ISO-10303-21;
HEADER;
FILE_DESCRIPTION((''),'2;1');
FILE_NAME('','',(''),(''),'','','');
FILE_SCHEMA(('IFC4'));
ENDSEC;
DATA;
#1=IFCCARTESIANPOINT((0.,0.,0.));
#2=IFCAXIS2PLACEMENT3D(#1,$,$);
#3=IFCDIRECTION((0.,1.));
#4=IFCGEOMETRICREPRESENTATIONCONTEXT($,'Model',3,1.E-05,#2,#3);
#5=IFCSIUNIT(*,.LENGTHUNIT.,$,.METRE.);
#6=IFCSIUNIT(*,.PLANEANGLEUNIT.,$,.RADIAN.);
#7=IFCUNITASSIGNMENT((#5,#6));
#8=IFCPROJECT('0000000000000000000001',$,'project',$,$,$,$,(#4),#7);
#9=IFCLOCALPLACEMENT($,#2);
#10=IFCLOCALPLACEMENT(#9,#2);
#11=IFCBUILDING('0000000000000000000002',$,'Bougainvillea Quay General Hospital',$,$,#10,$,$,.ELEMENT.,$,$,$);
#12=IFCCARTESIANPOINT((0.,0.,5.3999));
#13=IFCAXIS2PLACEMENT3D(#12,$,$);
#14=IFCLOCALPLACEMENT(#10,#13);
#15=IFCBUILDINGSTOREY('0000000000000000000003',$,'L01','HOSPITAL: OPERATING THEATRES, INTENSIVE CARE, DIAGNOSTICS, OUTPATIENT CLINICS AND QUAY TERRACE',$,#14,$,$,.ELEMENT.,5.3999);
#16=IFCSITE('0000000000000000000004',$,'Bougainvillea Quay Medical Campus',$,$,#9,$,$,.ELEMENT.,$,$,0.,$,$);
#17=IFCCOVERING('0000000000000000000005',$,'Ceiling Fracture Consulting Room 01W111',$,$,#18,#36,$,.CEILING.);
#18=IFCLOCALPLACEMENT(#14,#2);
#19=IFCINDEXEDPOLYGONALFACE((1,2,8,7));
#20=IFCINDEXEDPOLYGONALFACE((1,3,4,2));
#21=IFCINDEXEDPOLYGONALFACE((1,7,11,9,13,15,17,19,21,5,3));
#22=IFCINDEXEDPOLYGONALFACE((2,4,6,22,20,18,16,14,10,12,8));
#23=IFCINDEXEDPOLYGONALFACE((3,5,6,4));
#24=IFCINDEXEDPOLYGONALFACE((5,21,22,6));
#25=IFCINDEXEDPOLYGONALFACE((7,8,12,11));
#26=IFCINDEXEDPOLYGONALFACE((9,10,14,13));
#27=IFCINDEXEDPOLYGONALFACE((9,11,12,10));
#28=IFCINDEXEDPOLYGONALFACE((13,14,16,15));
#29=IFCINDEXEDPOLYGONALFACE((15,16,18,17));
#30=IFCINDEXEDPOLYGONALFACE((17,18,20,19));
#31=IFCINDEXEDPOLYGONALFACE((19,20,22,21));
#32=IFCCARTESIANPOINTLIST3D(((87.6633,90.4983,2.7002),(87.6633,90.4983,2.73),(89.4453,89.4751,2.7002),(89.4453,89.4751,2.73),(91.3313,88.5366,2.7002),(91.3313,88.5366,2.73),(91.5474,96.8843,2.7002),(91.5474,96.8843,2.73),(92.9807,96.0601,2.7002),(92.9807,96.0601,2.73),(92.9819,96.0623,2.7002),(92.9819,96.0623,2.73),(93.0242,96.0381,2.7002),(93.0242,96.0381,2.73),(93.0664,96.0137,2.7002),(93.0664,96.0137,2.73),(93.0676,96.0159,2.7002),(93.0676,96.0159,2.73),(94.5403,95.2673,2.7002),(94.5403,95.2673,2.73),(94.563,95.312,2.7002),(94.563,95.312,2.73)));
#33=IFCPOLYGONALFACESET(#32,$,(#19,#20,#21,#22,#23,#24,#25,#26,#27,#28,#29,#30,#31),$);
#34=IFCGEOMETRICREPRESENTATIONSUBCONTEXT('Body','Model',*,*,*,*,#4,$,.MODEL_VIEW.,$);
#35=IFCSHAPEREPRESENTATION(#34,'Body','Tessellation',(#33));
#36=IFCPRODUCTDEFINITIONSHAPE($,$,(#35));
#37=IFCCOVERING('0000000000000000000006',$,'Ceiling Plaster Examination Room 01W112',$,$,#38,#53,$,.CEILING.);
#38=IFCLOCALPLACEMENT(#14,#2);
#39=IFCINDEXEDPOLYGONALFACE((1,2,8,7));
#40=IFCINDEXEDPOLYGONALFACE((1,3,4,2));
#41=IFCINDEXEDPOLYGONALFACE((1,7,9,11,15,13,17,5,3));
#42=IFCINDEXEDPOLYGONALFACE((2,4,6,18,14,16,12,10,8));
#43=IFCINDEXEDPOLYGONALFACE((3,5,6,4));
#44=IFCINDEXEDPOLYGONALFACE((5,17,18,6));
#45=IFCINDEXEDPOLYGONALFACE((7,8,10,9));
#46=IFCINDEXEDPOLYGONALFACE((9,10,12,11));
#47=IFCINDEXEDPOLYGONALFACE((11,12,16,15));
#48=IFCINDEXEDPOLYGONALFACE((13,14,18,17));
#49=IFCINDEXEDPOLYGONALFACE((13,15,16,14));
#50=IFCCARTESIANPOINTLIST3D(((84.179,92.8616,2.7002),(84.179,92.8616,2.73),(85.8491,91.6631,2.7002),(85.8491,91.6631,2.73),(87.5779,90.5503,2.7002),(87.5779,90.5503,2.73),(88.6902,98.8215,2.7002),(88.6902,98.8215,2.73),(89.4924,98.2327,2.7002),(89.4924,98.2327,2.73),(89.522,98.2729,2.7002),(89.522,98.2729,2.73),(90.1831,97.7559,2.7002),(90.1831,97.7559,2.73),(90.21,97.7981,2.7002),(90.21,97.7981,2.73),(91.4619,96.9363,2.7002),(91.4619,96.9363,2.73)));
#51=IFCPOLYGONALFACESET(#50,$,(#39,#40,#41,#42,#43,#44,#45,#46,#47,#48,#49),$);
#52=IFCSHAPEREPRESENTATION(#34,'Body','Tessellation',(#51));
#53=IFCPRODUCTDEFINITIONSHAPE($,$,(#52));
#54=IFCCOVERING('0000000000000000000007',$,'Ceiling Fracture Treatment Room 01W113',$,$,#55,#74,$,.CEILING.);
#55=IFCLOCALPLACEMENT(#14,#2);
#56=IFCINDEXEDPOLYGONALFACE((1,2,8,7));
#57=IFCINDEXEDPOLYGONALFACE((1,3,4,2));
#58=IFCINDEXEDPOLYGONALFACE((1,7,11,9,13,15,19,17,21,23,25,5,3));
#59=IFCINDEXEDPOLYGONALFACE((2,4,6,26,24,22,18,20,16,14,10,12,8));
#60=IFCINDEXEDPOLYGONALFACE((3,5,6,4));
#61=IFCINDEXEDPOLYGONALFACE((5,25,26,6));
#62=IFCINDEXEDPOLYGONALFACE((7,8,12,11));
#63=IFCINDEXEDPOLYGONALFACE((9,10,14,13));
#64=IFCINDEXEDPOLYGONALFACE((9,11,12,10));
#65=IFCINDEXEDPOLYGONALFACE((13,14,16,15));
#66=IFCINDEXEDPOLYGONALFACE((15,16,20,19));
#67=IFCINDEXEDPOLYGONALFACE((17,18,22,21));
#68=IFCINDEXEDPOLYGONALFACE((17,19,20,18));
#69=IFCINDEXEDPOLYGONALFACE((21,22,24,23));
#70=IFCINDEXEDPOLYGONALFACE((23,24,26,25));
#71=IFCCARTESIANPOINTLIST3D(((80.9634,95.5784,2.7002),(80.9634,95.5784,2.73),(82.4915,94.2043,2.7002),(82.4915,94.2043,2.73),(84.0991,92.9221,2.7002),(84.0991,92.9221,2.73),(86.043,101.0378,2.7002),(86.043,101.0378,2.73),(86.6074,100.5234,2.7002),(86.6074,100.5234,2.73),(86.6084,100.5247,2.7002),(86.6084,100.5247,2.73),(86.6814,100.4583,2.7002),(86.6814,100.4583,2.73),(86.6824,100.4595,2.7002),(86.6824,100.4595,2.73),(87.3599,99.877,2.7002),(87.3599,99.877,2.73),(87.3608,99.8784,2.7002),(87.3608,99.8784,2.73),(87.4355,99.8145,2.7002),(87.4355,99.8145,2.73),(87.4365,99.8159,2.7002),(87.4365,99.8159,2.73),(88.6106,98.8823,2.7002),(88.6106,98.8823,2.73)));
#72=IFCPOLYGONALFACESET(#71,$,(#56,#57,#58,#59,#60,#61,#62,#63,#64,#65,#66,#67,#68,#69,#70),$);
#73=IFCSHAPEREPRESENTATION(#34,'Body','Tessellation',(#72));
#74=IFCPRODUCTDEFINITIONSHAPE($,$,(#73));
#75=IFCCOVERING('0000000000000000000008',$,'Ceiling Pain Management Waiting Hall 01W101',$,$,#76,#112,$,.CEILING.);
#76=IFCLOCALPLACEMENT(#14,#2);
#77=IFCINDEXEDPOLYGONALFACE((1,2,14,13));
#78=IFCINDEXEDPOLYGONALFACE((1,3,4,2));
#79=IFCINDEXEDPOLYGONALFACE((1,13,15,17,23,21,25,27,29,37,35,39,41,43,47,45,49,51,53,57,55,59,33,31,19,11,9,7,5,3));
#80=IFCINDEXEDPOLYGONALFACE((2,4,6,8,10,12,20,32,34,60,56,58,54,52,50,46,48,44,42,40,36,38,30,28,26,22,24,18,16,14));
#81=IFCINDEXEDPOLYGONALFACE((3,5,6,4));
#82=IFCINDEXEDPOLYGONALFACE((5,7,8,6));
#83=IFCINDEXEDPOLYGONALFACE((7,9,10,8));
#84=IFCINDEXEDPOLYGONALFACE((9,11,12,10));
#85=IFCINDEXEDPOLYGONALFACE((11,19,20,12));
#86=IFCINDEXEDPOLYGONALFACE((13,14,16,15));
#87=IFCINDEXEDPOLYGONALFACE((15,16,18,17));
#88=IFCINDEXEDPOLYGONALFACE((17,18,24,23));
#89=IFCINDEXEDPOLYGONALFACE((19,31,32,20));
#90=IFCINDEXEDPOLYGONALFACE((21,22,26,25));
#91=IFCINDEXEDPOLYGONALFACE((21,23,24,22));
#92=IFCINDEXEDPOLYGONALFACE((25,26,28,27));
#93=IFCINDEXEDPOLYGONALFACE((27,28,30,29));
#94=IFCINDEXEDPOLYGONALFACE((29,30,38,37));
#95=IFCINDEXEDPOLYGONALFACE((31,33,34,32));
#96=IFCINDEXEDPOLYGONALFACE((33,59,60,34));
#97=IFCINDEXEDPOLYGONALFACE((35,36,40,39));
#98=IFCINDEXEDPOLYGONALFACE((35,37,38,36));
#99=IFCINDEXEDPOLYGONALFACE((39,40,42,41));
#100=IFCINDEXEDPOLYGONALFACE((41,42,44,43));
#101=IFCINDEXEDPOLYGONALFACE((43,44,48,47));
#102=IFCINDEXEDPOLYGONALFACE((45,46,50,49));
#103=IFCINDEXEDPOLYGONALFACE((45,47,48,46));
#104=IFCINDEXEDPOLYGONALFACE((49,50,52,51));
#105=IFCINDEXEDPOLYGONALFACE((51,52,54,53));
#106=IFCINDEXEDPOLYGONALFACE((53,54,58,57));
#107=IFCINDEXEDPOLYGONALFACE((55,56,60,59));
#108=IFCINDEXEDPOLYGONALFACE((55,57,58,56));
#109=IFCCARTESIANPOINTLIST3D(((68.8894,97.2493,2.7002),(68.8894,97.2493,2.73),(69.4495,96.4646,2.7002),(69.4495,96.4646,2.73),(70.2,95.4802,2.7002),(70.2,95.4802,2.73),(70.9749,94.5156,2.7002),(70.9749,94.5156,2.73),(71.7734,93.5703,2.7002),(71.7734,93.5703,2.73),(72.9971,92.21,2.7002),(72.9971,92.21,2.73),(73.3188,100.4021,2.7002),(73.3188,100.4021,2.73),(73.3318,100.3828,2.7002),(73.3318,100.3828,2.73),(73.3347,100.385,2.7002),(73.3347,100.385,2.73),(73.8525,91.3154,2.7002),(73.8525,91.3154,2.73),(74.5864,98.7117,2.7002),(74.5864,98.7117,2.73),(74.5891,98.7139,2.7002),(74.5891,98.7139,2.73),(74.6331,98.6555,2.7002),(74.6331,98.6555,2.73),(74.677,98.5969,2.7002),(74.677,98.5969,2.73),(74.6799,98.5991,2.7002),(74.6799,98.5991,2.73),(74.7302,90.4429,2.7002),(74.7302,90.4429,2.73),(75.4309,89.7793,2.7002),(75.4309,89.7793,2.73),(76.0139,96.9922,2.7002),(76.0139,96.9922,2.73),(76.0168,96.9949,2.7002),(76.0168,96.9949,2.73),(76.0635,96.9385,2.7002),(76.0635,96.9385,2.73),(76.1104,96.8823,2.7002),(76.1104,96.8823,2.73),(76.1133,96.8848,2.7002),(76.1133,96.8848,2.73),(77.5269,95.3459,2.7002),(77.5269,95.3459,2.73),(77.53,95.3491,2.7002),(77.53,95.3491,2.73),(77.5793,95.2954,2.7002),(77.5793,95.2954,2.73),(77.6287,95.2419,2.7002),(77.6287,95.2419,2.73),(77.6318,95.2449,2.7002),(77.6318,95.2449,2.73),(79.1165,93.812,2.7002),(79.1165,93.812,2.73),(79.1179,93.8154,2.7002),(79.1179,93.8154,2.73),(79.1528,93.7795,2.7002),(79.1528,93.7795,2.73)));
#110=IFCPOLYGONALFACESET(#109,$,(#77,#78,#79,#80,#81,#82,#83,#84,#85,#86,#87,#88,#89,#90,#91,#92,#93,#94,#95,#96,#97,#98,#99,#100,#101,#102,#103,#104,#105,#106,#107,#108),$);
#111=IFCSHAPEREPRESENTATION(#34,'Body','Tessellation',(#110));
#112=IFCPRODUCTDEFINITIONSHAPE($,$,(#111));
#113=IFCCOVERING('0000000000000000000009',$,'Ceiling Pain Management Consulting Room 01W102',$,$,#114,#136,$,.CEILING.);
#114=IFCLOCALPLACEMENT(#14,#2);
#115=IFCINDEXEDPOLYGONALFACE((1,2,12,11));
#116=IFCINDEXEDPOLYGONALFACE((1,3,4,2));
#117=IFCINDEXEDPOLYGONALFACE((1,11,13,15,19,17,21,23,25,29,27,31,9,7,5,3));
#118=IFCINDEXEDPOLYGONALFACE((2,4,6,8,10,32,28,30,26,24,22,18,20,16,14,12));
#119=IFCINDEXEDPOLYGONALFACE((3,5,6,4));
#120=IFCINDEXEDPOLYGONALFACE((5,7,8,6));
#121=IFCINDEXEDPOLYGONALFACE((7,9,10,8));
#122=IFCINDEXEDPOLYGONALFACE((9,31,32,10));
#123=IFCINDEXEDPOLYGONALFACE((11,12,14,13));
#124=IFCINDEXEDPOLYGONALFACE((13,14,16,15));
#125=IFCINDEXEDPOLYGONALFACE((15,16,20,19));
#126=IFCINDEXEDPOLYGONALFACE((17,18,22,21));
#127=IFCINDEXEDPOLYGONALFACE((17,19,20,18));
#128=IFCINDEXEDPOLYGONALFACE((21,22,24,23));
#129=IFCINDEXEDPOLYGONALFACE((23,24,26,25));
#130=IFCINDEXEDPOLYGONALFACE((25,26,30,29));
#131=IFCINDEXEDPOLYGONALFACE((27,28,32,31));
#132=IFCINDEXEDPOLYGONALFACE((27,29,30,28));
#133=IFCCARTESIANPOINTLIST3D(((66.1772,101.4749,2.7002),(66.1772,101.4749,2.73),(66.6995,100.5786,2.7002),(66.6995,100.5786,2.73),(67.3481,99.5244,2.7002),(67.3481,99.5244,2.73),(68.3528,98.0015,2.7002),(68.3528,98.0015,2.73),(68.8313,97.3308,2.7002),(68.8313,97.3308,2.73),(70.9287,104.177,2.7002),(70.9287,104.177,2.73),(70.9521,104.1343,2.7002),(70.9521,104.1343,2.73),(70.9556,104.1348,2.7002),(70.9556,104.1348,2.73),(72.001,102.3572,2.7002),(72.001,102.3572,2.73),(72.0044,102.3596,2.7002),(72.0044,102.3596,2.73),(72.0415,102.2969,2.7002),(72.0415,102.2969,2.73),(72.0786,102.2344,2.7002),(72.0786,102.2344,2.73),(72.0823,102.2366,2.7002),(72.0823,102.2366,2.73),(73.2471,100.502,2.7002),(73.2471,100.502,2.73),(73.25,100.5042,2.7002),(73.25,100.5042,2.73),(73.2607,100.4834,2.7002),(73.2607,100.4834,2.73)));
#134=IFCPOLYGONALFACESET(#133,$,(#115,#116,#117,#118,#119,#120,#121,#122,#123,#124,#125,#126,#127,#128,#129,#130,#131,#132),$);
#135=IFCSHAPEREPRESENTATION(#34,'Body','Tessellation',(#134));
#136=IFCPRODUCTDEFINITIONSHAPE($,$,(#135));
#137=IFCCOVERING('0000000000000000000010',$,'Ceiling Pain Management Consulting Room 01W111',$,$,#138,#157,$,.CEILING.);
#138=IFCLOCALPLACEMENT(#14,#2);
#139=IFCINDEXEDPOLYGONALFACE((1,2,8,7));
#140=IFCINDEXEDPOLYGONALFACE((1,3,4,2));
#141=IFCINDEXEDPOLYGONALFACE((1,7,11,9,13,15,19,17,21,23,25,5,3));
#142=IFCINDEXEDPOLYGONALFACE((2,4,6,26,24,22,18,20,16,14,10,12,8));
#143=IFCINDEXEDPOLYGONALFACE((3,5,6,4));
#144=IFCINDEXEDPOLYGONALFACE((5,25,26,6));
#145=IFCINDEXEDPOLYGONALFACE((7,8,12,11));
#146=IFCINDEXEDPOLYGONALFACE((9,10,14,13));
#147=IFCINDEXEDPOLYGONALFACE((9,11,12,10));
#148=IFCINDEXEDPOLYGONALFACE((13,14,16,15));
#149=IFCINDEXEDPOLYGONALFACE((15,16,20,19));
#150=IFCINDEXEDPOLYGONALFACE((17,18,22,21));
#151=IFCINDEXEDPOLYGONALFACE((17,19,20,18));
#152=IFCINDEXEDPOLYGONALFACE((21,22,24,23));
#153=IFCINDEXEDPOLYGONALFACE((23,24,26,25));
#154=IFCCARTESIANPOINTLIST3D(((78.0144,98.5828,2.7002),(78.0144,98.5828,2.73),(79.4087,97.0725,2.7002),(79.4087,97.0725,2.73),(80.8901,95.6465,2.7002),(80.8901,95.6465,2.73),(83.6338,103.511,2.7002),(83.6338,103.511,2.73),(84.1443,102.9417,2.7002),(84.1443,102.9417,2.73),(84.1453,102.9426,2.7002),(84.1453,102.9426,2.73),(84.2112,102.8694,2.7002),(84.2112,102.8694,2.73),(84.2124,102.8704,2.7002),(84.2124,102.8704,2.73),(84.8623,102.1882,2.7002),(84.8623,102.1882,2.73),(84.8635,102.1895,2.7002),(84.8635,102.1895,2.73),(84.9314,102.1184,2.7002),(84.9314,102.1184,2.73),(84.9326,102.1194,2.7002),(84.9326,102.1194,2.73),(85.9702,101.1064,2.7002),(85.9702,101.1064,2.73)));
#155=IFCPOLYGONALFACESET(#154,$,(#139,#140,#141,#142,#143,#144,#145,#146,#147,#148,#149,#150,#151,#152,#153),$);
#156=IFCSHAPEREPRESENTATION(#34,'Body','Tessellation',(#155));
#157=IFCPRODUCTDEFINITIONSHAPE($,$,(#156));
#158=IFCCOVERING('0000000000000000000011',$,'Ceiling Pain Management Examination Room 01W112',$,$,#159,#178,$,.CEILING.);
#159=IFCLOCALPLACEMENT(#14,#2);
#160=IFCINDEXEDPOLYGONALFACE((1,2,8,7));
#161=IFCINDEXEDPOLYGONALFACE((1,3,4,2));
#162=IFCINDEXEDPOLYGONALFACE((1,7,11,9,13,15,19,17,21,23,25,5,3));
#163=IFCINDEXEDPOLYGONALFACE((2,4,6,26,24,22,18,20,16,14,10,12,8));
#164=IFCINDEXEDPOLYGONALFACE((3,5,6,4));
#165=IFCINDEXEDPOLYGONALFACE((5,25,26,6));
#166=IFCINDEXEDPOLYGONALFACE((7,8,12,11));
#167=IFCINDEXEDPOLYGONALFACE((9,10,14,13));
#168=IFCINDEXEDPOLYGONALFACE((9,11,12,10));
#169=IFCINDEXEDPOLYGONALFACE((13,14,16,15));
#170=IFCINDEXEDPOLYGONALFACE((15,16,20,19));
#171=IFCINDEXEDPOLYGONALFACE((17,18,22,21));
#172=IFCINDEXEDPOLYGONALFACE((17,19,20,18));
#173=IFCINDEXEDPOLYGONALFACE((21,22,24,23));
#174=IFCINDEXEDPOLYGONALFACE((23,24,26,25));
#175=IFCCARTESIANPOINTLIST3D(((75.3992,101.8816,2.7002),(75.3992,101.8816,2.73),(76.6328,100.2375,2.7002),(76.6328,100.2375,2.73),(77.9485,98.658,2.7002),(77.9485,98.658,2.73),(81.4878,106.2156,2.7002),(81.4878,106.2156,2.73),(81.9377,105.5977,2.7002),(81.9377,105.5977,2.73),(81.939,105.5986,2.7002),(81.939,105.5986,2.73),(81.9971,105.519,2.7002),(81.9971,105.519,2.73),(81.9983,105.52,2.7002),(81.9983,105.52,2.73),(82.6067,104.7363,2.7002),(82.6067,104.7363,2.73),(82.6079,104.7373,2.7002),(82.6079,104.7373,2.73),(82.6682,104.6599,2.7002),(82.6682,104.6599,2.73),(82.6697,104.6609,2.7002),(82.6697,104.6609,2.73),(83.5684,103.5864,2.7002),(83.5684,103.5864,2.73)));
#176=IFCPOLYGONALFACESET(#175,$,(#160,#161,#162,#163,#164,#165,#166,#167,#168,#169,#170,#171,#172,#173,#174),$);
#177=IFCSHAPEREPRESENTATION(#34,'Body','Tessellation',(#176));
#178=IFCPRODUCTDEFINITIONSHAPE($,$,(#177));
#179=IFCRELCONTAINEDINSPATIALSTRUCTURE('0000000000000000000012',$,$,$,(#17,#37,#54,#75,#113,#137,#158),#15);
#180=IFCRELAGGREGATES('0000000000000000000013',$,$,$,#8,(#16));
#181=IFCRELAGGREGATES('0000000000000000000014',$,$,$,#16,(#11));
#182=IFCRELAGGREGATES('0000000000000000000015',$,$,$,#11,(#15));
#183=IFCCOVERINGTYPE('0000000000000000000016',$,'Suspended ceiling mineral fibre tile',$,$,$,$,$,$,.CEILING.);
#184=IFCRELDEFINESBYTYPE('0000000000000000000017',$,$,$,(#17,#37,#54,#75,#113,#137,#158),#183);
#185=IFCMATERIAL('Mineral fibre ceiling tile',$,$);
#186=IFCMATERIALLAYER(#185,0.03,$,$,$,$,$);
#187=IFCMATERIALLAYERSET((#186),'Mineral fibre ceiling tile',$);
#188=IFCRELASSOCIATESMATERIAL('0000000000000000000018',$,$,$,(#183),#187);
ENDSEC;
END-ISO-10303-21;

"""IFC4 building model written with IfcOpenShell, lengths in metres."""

from ifc_helpers import new_model, si_unit, direction, frame, origin, place, context, subcontext, project, spatial, polyline, outline, extrude, material, layer, layer_set, type_object, element, save


model = new_model("IFC4")

# Units and contexts
model_context = context("Model", 3, precision=1e-05, world=origin(), true_north=direction((0.0, 1.0)))
body_context = subcontext(model_context, "Body", "Model", "MODEL_VIEW")
ifc_project = project(units=[si_unit("LENGTHUNIT", "METRE"), si_unit("PLANEANGLEUNIT", "RADIAN")], contexts=[model_context])

# Site, building, storey
site_placement = place(None, origin())
site = spatial("IfcSite", under=ifc_project, at=site_placement, Name="Bougainvillea Quay Medical Campus", CompositionType="ELEMENT", RefElevation=0.0)
building_placement = place(site_placement, origin())
building = spatial("IfcBuilding", under=site, at=building_placement, Name="Bougainvillea Quay General Hospital", CompositionType="ELEMENT")
storey_placement = place(building_placement, frame((0.0, 0.0, 5.3999)))
storey = spatial("IfcBuildingStorey", under=building, at=storey_placement, Name="L01", Description="HOSPITAL: OPERATING THEATRES, INTENSIVE CARE, DIAGNOSTICS, OUTPATIENT CLINICS AND QUAY TERRACE", CompositionType="ELEMENT", Elevation=5.3999)

# Coverings
ifc_material = material(Name="Mineral fibre ceiling tile")
ifc_layer = layer(ifc_material, 0.03)
ifc_layer_set = layer_set([ifc_layer], Name="Mineral fibre ceiling tile")
covering_type = type_object("IfcCoveringType", Name="Suspended ceiling mineral fibre tile", PredefinedType="CEILING", material=ifc_layer_set)
covering_1_placement = place(storey_placement, frame((0.0, 0.0, 2.7002)))
element("IfcCovering", 1, at=covering_1_placement, inside=storey, type_object=covering_type, Name="Ceiling Fracture Consulting Room 01W111", PredefinedType="CEILING", context=body_context, shape_type="SweptSolid", body=[
    extrude(outline(polyline([(94.563, 95.312), (94.5403, 95.2673), (93.0676, 96.0159), (93.0664, 96.0137), (93.0242, 96.0381), (92.9807, 96.0601), (92.9819, 96.0623), (91.5474, 96.8843), (87.6633, 90.4983), (89.4453, 89.4751), (91.3313, 88.5366), (94.563, 95.312)])), origin(), (0.0, 0.0, 1.0), 0.0298),
])
covering_2_placement = place(storey_placement, frame((0.0, 0.0, 2.7002)))
element("IfcCovering", 2, at=covering_2_placement, inside=storey, type_object=covering_type, Name="Ceiling Plaster Examination Room 01W112", PredefinedType="CEILING", context=body_context, shape_type="SweptSolid", body=[
    extrude(outline(polyline([(89.522, 98.2729), (89.4924, 98.2327), (88.6902, 98.8215), (84.179, 92.8616), (85.8491, 91.6631), (87.5779, 90.5503), (91.4619, 96.9363), (90.1831, 97.7559), (90.21, 97.7981), (89.522, 98.2729)])), origin(), (0.0, 0.0, 1.0), 0.0298),
])
covering_3_placement = place(storey_placement, frame((0.0, 0.0, 2.7002)))
element("IfcCovering", 3, at=covering_3_placement, inside=storey, type_object=covering_type, Name="Ceiling Fracture Treatment Room 01W113", PredefinedType="CEILING", context=body_context, shape_type="SweptSolid", body=[
    extrude(outline(polyline([(80.9634, 95.5784), (82.4915, 94.2043), (84.0991, 92.9221), (88.6106, 98.8823), (87.4365, 99.8159), (87.4355, 99.8145), (87.3599, 99.877), (87.3608, 99.8784), (86.6824, 100.4595), (86.6814, 100.4583), (86.6074, 100.5234), (86.6084, 100.5247), (86.043, 101.0378), (80.9634, 95.5784)])), origin(), (0.0, 0.0, 1.0), 0.0298),
])
covering_4_placement = place(storey_placement, frame((0.0, 0.0, 2.7002)))
element("IfcCovering", 4, at=covering_4_placement, inside=storey, type_object=covering_type, Name="Ceiling Pain Management Waiting Hall 01W101", PredefinedType="CEILING", context=body_context, shape_type="SweptSolid", body=[
    extrude(outline(polyline([(74.6331, 98.6555), (74.5864, 98.7117), (74.5891, 98.7139), (73.3347, 100.385), (73.3318, 100.3828), (73.3188, 100.4021), (68.8894, 97.2493), (69.4495, 96.4646), (70.2, 95.4802), (70.9749, 94.5156), (71.7734, 93.5703), (72.9971, 92.21), (73.8525, 91.3154), (74.7302, 90.4429), (75.4309, 89.7793), (79.1528, 93.7795), (79.1165, 93.812), (79.1179, 93.8154), (77.6318, 95.2449), (77.6287, 95.2419), (77.5793, 95.2954), (77.5269, 95.3459), (77.53, 95.3491), (76.1133, 96.8848), (76.1104, 96.8823), (76.0635, 96.9385), (76.0139, 96.9922), (76.0168, 96.9949), (74.6799, 98.5991), (74.677, 98.5969), (74.6331, 98.6555)])), origin(), (0.0, 0.0, 1.0), 0.0298),
])
covering_5_placement = place(storey_placement, frame((0.0, 0.0, 2.7002)))
element("IfcCovering", 5, at=covering_5_placement, inside=storey, type_object=covering_type, Name="Ceiling Pain Management Consulting Room 01W102", PredefinedType="CEILING", context=body_context, shape_type="SweptSolid", body=[
    extrude(outline(polyline([(68.8313, 97.3308), (73.2607, 100.4834), (73.2471, 100.502), (73.25, 100.5042), (72.0823, 102.2366), (72.0786, 102.2344), (72.0415, 102.2969), (72.001, 102.3572), (72.0044, 102.3596), (70.9556, 104.1348), (70.9521, 104.1343), (70.9287, 104.177), (66.1772, 101.4749), (66.6995, 100.5786), (67.3481, 99.5244), (68.3528, 98.0015), (68.8313, 97.3308)])), origin(), (0.0, 0.0, 1.0), 0.0298),
])
covering_6_placement = place(storey_placement, frame((0.0, 0.0, 2.7002)))
element("IfcCovering", 6, at=covering_6_placement, inside=storey, type_object=covering_type, Name="Ceiling Pain Management Consulting Room 01W111", PredefinedType="CEILING", context=body_context, shape_type="SweptSolid", body=[
    extrude(outline(polyline([(84.9314, 102.1184), (84.8623, 102.1882), (84.8635, 102.1895), (84.2124, 102.8704), (84.2112, 102.8694), (84.1443, 102.9417), (84.1453, 102.9426), (83.6338, 103.511), (78.0144, 98.5828), (79.4087, 97.0725), (80.8901, 95.6465), (85.9702, 101.1064), (84.9326, 102.1194), (84.9314, 102.1184)])), origin(), (0.0, 0.0, 1.0), 0.0298),
])
covering_7_placement = place(storey_placement, frame((0.0, 0.0, 2.7002)))
element("IfcCovering", 7, at=covering_7_placement, inside=storey, type_object=covering_type, Name="Ceiling Pain Management Examination Room 01W112", PredefinedType="CEILING", context=body_context, shape_type="SweptSolid", body=[
    extrude(outline(polyline([(82.6682, 104.6599), (82.6067, 104.7363), (82.6079, 104.7373), (81.9983, 105.52), (81.9971, 105.519), (81.9377, 105.5977), (81.939, 105.5986), (81.4878, 106.2156), (75.3992, 101.8816), (76.6328, 100.2375), (77.9485, 98.658), (83.5684, 103.5864), (82.6697, 104.6609), (82.6682, 104.6599)])), origin(), (0.0, 0.0, 1.0), 0.0298),
])

save(model, "model.ifc")
